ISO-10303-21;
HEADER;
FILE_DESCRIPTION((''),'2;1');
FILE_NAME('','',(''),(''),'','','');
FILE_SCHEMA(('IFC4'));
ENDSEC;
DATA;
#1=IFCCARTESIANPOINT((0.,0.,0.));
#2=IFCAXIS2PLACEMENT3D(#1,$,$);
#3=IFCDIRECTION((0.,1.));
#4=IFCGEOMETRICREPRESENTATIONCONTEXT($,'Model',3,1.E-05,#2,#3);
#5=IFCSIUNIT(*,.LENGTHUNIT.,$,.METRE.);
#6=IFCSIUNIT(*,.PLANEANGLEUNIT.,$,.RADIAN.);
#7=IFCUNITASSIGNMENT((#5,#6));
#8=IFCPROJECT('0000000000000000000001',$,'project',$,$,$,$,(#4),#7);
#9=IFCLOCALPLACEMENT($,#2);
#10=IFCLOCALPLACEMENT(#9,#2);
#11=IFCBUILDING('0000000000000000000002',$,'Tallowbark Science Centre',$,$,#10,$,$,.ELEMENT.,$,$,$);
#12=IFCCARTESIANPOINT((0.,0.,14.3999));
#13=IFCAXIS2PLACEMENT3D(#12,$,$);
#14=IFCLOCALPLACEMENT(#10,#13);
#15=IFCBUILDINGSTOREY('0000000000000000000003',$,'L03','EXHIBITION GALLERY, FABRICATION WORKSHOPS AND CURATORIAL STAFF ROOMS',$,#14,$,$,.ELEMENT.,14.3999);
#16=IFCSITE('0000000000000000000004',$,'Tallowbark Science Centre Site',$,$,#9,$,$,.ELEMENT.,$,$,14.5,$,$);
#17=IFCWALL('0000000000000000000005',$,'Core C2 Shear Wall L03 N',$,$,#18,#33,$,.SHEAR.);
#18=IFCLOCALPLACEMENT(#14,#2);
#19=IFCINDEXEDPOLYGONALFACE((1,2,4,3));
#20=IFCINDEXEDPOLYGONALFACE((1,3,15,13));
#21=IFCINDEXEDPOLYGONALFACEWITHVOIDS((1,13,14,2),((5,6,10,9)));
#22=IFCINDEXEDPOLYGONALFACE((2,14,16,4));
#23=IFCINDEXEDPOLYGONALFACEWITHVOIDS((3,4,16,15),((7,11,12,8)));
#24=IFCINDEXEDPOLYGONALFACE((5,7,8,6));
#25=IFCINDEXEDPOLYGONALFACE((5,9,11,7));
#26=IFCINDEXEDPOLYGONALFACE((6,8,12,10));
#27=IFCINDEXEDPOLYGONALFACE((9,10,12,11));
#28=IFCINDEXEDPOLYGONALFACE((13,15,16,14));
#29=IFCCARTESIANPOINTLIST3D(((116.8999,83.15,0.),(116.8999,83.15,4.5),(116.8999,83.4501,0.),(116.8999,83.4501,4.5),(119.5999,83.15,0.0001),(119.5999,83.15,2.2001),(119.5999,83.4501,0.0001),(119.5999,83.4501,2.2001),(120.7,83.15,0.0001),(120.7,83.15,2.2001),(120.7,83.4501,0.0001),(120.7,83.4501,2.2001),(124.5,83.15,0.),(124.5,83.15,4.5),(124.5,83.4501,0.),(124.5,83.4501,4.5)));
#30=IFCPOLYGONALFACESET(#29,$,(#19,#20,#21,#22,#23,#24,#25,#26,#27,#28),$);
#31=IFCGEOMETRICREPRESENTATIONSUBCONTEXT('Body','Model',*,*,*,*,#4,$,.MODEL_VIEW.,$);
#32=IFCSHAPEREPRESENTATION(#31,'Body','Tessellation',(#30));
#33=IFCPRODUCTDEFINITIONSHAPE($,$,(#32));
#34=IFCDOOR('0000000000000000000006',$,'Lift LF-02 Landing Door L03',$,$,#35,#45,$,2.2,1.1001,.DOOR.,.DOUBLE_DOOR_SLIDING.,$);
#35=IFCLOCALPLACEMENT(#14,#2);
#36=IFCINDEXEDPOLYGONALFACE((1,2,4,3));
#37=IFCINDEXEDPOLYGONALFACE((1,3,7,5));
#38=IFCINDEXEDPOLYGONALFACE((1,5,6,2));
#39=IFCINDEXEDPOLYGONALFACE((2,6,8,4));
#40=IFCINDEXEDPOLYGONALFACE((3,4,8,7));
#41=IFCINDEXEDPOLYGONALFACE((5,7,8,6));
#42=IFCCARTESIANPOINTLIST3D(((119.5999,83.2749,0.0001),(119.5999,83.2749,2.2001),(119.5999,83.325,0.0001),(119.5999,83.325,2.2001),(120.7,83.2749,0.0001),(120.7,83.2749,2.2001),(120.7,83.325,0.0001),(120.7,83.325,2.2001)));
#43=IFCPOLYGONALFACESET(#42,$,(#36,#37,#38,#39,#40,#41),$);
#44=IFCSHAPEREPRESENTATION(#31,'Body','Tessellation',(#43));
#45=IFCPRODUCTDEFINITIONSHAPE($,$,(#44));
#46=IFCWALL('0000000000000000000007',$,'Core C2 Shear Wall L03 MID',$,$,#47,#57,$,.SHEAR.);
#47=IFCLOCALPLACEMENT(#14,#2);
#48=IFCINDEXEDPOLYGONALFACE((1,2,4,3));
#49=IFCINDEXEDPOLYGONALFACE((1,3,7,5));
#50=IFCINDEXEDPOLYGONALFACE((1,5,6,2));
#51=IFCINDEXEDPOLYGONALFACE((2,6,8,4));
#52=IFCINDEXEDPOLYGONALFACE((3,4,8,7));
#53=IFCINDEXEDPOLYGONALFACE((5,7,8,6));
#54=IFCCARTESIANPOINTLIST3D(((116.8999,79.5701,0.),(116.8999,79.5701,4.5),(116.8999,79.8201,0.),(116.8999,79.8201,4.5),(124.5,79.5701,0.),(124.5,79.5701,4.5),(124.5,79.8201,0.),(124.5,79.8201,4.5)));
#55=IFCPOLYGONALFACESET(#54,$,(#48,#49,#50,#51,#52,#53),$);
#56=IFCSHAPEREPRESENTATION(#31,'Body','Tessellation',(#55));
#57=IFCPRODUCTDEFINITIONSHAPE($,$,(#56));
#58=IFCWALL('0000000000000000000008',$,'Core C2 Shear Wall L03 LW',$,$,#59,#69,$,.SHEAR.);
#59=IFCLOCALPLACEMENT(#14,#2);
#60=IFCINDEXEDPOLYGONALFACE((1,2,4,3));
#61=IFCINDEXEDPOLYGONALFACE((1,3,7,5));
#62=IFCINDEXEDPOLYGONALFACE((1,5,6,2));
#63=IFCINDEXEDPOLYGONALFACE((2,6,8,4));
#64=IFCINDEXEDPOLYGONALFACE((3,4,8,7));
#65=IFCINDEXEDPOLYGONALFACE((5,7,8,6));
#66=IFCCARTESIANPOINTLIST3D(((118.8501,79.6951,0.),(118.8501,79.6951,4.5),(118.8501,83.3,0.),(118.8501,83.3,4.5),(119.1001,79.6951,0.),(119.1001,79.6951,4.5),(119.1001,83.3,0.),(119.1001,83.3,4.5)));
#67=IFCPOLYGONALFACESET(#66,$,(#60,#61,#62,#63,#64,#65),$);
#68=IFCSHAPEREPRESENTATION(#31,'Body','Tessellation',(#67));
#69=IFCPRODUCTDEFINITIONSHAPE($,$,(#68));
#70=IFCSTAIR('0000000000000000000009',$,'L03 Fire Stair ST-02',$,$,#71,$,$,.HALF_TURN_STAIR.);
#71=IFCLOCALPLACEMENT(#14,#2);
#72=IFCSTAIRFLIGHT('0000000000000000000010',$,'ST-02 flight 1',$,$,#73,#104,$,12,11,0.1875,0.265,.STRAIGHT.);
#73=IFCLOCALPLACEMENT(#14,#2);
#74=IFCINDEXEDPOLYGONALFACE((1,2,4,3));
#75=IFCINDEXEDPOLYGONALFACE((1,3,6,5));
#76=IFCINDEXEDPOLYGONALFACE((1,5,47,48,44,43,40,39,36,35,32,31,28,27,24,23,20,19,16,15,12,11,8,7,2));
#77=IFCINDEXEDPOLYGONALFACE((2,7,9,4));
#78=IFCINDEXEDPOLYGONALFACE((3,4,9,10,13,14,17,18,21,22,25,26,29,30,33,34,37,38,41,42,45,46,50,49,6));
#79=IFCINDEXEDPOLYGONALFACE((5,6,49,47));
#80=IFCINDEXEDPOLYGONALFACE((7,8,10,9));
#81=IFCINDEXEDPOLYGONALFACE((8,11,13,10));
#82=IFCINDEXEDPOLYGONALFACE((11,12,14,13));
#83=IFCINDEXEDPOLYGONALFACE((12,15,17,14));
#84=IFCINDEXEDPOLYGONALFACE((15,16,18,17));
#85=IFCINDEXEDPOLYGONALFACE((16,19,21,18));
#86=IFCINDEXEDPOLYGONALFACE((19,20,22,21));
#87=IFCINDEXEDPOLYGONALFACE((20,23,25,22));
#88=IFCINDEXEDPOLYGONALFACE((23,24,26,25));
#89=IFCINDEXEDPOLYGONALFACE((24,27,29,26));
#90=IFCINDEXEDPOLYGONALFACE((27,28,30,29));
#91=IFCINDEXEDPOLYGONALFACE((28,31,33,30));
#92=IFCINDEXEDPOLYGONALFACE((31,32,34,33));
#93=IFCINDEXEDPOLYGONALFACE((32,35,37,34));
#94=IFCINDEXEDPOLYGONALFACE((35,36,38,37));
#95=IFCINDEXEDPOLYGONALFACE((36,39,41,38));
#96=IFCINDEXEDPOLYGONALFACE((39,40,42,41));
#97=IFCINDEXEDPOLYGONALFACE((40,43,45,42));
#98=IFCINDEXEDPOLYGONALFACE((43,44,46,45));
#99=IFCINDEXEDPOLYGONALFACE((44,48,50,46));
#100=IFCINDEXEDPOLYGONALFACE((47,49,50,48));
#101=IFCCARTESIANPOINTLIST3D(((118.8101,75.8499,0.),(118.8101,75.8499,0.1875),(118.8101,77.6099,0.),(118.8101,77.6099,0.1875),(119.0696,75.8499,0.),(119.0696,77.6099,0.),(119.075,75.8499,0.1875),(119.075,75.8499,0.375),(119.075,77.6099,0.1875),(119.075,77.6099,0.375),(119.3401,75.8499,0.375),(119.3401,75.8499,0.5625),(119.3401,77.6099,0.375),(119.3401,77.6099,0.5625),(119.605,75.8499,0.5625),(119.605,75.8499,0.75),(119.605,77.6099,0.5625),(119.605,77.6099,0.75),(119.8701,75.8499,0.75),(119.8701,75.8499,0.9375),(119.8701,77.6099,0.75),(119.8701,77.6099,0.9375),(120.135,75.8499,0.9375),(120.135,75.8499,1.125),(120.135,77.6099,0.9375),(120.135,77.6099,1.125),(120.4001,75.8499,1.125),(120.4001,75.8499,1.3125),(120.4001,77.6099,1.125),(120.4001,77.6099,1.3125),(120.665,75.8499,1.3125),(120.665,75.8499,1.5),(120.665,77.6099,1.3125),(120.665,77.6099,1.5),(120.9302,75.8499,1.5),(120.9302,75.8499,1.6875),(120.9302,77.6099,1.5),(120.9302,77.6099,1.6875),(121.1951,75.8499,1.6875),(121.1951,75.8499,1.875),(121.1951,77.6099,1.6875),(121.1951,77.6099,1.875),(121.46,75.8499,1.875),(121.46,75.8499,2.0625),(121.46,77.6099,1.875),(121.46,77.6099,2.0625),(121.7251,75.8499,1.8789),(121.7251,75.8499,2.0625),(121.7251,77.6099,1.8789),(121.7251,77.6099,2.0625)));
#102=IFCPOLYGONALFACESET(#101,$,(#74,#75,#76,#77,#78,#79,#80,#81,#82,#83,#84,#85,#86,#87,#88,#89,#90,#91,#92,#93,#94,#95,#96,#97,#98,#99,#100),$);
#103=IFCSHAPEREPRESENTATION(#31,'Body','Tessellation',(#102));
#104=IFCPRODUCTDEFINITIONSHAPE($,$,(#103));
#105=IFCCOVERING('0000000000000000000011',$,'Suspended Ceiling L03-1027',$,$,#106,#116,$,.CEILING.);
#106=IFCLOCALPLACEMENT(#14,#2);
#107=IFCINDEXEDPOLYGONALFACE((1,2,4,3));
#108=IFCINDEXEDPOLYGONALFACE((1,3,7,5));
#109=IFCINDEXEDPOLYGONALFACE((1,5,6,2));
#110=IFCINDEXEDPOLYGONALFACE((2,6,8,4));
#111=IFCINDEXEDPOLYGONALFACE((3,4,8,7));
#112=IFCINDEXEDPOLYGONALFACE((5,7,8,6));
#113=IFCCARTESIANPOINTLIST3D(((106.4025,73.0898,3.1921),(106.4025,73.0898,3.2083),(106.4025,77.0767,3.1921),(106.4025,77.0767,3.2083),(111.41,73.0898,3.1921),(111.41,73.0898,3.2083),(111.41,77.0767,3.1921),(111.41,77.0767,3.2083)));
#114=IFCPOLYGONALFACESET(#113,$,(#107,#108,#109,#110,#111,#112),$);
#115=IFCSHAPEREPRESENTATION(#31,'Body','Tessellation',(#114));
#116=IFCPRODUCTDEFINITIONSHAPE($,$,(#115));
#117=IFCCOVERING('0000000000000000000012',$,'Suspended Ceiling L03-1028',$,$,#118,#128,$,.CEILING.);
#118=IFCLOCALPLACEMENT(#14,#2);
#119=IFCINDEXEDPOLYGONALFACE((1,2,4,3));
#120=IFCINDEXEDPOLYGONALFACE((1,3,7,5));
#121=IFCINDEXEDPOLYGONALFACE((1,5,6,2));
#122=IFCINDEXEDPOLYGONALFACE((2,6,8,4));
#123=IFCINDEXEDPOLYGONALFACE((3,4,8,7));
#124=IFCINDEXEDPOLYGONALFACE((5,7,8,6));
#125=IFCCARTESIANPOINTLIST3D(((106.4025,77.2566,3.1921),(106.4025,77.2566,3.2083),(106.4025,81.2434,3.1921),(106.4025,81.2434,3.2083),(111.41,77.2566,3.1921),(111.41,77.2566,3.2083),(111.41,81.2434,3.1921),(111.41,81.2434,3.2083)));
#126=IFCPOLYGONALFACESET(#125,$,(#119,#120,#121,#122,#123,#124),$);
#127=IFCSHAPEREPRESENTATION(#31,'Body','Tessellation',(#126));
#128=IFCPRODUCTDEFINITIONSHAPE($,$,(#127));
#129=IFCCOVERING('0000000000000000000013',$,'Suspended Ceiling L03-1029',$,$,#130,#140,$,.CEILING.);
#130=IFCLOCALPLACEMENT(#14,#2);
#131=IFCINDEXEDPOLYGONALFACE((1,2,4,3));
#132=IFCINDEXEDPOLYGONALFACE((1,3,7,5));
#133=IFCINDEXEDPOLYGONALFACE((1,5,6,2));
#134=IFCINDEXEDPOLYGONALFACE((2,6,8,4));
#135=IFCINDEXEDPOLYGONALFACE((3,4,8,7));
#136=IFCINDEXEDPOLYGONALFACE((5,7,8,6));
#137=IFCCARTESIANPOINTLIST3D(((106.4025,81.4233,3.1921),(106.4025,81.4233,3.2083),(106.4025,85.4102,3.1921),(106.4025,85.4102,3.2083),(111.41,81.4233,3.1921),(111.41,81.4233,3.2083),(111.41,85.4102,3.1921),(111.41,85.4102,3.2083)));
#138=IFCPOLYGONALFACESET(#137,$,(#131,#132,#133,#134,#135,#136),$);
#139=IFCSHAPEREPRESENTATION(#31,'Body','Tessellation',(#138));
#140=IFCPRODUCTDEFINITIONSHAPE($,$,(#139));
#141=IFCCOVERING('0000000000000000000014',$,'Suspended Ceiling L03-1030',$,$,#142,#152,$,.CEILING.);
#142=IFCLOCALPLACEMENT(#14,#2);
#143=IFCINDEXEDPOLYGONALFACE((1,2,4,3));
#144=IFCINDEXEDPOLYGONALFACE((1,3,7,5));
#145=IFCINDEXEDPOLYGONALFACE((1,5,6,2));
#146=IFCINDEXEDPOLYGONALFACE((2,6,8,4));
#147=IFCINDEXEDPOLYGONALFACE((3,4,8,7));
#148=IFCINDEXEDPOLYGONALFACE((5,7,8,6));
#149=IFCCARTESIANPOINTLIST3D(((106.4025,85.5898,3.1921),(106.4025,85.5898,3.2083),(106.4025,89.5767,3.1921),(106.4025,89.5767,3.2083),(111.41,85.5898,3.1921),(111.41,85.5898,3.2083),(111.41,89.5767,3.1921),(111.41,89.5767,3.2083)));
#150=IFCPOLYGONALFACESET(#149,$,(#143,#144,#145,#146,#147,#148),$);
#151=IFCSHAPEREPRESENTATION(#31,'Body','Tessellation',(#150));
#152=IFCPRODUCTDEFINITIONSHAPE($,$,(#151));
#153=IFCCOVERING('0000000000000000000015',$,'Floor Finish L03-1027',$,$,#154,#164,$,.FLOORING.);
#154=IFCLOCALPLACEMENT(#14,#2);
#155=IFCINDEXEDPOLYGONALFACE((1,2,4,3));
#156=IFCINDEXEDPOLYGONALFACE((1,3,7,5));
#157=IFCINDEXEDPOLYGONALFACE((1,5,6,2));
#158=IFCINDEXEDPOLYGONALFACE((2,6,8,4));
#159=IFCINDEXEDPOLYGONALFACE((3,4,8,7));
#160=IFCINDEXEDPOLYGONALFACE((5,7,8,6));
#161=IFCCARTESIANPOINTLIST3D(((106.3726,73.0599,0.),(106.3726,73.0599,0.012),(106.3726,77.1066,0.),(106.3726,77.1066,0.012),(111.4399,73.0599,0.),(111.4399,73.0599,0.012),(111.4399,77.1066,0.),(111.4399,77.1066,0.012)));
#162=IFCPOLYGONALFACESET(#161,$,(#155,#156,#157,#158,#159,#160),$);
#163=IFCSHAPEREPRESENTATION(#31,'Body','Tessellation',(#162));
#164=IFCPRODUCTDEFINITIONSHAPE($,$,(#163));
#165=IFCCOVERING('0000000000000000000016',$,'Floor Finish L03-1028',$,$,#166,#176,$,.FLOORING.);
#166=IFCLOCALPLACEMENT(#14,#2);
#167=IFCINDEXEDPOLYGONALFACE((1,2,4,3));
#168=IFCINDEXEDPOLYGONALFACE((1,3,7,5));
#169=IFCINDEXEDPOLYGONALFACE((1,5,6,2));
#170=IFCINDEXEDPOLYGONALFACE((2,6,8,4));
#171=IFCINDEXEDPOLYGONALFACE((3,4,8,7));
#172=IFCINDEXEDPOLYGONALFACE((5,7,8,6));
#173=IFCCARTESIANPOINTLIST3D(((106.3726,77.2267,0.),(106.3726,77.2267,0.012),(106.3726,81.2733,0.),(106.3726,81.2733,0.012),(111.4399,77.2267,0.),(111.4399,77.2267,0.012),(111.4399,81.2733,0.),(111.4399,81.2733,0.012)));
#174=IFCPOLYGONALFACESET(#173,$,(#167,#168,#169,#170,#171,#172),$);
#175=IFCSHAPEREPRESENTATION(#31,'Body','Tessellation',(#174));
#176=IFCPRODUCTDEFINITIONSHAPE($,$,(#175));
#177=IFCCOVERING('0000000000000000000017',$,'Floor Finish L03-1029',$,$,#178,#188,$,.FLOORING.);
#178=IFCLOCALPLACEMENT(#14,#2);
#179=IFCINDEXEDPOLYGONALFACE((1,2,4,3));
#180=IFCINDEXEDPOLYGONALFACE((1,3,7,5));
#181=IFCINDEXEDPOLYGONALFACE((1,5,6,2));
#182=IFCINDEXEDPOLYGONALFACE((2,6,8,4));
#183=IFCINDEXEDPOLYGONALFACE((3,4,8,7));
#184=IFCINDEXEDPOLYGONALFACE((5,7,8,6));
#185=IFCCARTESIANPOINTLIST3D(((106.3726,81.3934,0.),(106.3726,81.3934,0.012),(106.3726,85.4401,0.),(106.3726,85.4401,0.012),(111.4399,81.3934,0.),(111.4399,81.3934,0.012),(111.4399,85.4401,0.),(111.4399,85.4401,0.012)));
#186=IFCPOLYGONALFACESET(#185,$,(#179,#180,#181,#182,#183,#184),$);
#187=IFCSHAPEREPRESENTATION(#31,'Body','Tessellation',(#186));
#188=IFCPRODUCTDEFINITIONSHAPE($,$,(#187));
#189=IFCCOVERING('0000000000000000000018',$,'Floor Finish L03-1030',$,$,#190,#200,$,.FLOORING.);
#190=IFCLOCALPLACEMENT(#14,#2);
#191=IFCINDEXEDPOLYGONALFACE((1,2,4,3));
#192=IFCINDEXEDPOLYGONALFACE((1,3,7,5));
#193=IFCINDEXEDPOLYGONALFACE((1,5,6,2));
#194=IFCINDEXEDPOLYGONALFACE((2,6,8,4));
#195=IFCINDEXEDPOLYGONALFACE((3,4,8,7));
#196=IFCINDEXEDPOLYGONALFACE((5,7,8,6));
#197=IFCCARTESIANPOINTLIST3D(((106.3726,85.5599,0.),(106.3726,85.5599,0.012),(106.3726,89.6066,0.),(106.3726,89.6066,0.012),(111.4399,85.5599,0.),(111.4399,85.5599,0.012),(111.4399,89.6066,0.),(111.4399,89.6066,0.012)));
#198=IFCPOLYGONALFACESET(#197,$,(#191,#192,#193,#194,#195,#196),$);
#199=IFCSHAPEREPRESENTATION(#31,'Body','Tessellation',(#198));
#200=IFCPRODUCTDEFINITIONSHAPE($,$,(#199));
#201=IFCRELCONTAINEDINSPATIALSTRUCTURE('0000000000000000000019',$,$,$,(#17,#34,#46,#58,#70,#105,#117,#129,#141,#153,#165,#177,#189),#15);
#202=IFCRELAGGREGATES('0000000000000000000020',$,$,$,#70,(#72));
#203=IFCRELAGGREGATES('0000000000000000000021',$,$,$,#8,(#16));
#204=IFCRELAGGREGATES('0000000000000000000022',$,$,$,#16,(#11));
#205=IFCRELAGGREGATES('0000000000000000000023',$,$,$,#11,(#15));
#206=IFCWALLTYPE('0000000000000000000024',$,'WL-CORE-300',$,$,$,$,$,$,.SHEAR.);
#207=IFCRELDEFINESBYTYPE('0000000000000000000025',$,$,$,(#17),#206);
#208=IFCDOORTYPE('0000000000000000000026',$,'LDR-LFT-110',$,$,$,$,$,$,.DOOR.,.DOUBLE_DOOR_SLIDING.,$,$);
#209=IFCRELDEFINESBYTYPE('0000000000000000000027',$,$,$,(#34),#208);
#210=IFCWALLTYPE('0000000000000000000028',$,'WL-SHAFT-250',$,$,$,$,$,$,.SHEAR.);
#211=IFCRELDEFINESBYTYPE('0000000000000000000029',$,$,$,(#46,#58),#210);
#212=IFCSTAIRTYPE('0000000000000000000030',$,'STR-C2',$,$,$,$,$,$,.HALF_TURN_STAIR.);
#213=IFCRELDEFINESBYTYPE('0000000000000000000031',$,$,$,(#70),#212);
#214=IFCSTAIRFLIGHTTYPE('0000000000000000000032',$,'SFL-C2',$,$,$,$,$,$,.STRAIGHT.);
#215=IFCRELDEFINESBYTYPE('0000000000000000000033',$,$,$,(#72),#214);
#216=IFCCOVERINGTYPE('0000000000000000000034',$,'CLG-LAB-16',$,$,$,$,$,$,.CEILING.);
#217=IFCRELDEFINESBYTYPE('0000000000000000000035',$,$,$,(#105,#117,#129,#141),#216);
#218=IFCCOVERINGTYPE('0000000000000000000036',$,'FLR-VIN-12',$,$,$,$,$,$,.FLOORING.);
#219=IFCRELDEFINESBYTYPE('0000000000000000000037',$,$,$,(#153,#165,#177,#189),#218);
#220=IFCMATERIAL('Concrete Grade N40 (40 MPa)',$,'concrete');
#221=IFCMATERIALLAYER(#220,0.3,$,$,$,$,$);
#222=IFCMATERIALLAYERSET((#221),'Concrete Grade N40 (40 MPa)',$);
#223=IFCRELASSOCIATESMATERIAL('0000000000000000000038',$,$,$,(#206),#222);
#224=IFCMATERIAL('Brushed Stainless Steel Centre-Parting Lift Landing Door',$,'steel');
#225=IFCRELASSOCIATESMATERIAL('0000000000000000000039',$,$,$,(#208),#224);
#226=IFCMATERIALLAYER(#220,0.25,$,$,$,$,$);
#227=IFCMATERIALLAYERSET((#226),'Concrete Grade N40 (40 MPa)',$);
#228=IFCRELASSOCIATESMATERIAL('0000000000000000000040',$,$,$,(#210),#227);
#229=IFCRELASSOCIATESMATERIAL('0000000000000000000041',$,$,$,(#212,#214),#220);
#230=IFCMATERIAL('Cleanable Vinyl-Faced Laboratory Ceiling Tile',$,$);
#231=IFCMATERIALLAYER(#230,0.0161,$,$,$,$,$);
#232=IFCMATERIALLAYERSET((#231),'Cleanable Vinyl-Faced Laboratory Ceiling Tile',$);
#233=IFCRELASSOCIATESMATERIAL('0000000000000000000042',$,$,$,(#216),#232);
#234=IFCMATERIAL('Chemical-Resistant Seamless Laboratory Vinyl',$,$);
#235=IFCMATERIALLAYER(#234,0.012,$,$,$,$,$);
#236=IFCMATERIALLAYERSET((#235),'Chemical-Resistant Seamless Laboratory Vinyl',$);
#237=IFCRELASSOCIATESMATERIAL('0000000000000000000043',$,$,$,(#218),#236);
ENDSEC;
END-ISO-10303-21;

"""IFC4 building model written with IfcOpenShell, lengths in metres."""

from ifc_helpers import new_model, si_unit, direction, frame, frame_2d, origin, origin_2d, place, context, subcontext, project, spatial, polyline, rectangle, outline, extrude, material, layer, layer_set, type_object, element, fill, aggregate, save


model = new_model("IFC4")

# Units and contexts
model_context = context("Model", 3, precision=1e-05, world=origin(), true_north=direction((0.0, 1.0)))
body_context = subcontext(model_context, "Body", "Model", "MODEL_VIEW")
ifc_project = project(units=[si_unit("LENGTHUNIT", "METRE"), si_unit("PLANEANGLEUNIT", "RADIAN")], contexts=[model_context])

# Site, building, storey
site_placement = place(None, origin())
site = spatial("IfcSite", under=ifc_project, at=site_placement, Name="Tallowbark Science Centre Site", CompositionType="ELEMENT", RefElevation=14.5)
building_placement = place(site_placement, origin())
building = spatial("IfcBuilding", under=site, at=building_placement, Name="Tallowbark Science Centre", CompositionType="ELEMENT")
storey_placement = place(building_placement, frame((0.0, 0.0, 14.3999)))
storey = spatial("IfcBuildingStorey", under=building, at=storey_placement, Name="L03", Description="EXHIBITION GALLERY, FABRICATION WORKSHOPS AND CURATORIAL STAFF ROOMS", CompositionType="ELEMENT", Elevation=14.3999)

# Shared definitions
ifc_material_1 = material(Name="Concrete Grade N40 (40 MPa)", Category="concrete")

# Shared definitions
ifc_layer_1 = layer(ifc_material_1, 0.3)
ifc_layer_set_1 = layer_set([ifc_layer_1], Name="Concrete Grade N40 (40 MPa)")
wall_type_1 = type_object("IfcWallType", Name="WL-CORE-300", PredefinedType="SHEAR", material=ifc_layer_set_1)

# Wall, opening, door
wall_1_placement = place(storey_placement, frame((116.8999, 83.3, 0.0), z_axis=(0.0, 0.0, 1.0), x_axis=(1.0, 0.0, 0.0)))
wall_1 = element("IfcWall", 1, at=wall_1_placement, inside=storey, type_object=wall_type_1, Name="Core C2 Shear Wall L03 N", PredefinedType="SHEAR", context=body_context, shape_type="SweptSolid", body=[
    extrude(rectangle(XDim=7.6001, YDim=0.3, at=frame_2d((3.8, 0.0))), origin(), (0.0, 0.0, 1.0), 4.5),
])
opening_1_placement = place(wall_1_placement, frame((2.7, 0.0, 0.0)))
opening_1 = element("IfcOpeningElement", 2, at=opening_1_placement, cuts=wall_1, PredefinedType="OPENING", context=body_context, shape_type="SweptSolid", body=[
    extrude(rectangle(XDim=1.1001, YDim=2.2, at=frame_2d((0.55, 1.1001))), frame((0.0, 0.1602, 0.0), z_axis=(0.0, -1.0, 0.0), x_axis=(1.0, 0.0, 0.0)), (0.0, 0.0, 1.0), 0.3201),
])
ifc_material_2 = material(Name="Brushed Stainless Steel Centre-Parting Lift Landing Door", Category="steel")
door_type_1 = type_object("IfcDoorType", Name="LDR-LFT-110", OperationType="DOUBLE_DOOR_SLIDING", PredefinedType="DOOR", material=ifc_material_2)
door_1_placement = place(opening_1_placement, origin())
door_1 = element("IfcDoor", 3, at=door_1_placement, inside=storey, type_object=door_type_1, Name="Lift LF-02 Landing Door L03", OperationType="DOUBLE_DOOR_SLIDING", OverallHeight=2.2, OverallWidth=1.1001, PredefinedType="DOOR", context=body_context, shape_type="SweptSolid", body=[
    extrude(rectangle(XDim=1.1001, YDim=2.2, at=frame_2d((0.55, 1.1001))), frame((0.0, 0.0249, 0.0), z_axis=(0.0, -1.0, 0.0), x_axis=(1.0, 0.0, 0.0)), (0.0, 0.0, 1.0), 0.05),
])
fill(opening_1, door_1)

# Walls
ifc_layer_2 = layer(ifc_material_1, 0.25)
ifc_layer_set_2 = layer_set([ifc_layer_2], Name="Concrete Grade N40 (40 MPa)")
wall_type_2 = type_object("IfcWallType", Name="WL-SHAFT-250", PredefinedType="SHEAR", material=ifc_layer_set_2)
wall_2_placement = place(storey_placement, frame((116.8999, 79.6951, 0.0), z_axis=(0.0, 0.0, 1.0), x_axis=(1.0, 0.0, 0.0)))
element("IfcWall", 4, at=wall_2_placement, inside=storey, type_object=wall_type_2, Name="Core C2 Shear Wall L03 MID", PredefinedType="SHEAR", context=body_context, shape_type="SweptSolid", body=[
    extrude(rectangle(XDim=7.6001, YDim=0.25, at=frame_2d((3.8, 0.0))), origin(), (0.0, 0.0, 1.0), 4.5),
])
wall_3_placement = place(storey_placement, frame((118.9751, 79.6951, 0.0), z_axis=(0.0, 0.0, 1.0), x_axis=(0.0, 1.0, 0.0)))
element("IfcWall", 5, at=wall_3_placement, inside=storey, type_object=wall_type_2, Name="Core C2 Shear Wall L03 LW", PredefinedType="SHEAR", context=body_context, shape_type="SweptSolid", body=[
    extrude(rectangle(XDim=3.605, YDim=0.25, at=frame_2d((1.8025, 0.0))), origin(), (0.0, 0.0, 1.0), 4.5),
])

# Stair, stair flight
stair_type = type_object("IfcStairType", Name="STR-C2", PredefinedType="HALF_TURN_STAIR", material=ifc_material_1)
stair_placement = place(storey_placement, origin())
stair = element("IfcStair", 6, at=stair_placement, inside=storey, type_object=stair_type, Name="L03 Fire Stair ST-02", PredefinedType="HALF_TURN_STAIR")
stair_flight_type = type_object("IfcStairFlightType", Name="SFL-C2", PredefinedType="STRAIGHT", material=ifc_material_1)
stair_flight_placement = place(storey_placement, frame((118.8101, 76.73, 0.0), z_axis=(0.0, 0.0, 1.0), x_axis=(1.0, 0.0, 0.0)))
stair_flight = element("IfcStairFlight", 7, at=stair_flight_placement, type_object=stair_flight_type, Name="ST-02 flight 1", NumberOfRisers=12, NumberOfTreads=11, PredefinedType="STRAIGHT", RiserHeight=0.1875, TreadLength=0.265, context=body_context, shape_type="SweptSolid", body=[
    extrude(outline(polyline([(0.0, 0.0), (0.0, 0.1875), (0.2649, 0.1875), (0.2649, 0.375), (0.53, 0.375), (0.53, 0.5625), (0.7949, 0.5625), (0.7949, 0.75), (1.0601, 0.75), (1.0601, 0.9375), (1.325, 0.9375), (1.325, 1.125), (1.5901, 1.125), (1.5901, 1.3125), (1.855, 1.3125), (1.855, 1.5), (2.1201, 1.5), (2.1201, 1.6875), (2.385, 1.6875), (2.385, 1.875), (2.6499, 1.875), (2.6499, 2.0625), (2.915, 2.0625), (2.915, 2.25), (2.915, 1.8789), (0.2595, 0.0), (0.0, 0.0)])), frame((0.0, 0.8799, 0.0), z_axis=(0.0, -1.0, 0.0), x_axis=(1.0, 0.0, 0.0)), (0.0, 0.0, 1.0), 1.76),
])
aggregate(stair, [stair_flight])

# Coverings
ifc_material_3 = material(Name="Cleanable Vinyl-Faced Laboratory Ceiling Tile")
ifc_layer_3 = layer(ifc_material_3, 0.0161)
ifc_layer_set_3 = layer_set([ifc_layer_3], Name="Cleanable Vinyl-Faced Laboratory Ceiling Tile")
covering_type_1 = type_object("IfcCoveringType", Name="CLG-LAB-16", PredefinedType="CEILING", material=ifc_layer_set_3)
for number, where, z_axis, x_axis, name in (
    (8, (108.9062, 75.0833, 3.1921), (0.0, 0.0, 1.0), (1.0, 0.0, 0.0), "Suspended Ceiling L03-1027"),
    (9, (108.9062, 79.25, 3.1921), (0.0, 0.0, 1.0), (1.0, 0.0, 0.0), "Suspended Ceiling L03-1028"),
    (10, (108.9062, 83.4167, 3.1921), (0.0, 0.0, 1.0), (1.0, 0.0, 0.0), "Suspended Ceiling L03-1029"),
    (11, (108.9062, 87.5833, 3.1921), (0.0, 0.0, 1.0), (1.0, 0.0, 0.0), "Suspended Ceiling L03-1030"),
):
    element("IfcCovering", number, at=place(storey_placement, frame(where, z_axis=z_axis, x_axis=x_axis)), inside=storey, type_object=covering_type_1, Name=name, PredefinedType="CEILING", context=body_context, shape_type="SweptSolid", body=[
        extrude(rectangle(XDim=5.0076, YDim=3.9868, at=origin_2d()), origin(), (0.0, 0.0, 1.0), 0.0161),
    ])
ifc_material_4 = material(Name="Chemical-Resistant Seamless Laboratory Vinyl")
ifc_layer_4 = layer(ifc_material_4, 0.012)
ifc_layer_set_4 = layer_set([ifc_layer_4], Name="Chemical-Resistant Seamless Laboratory Vinyl")
covering_type_2 = type_object("IfcCoveringType", Name="FLR-VIN-12", PredefinedType="FLOORING", material=ifc_layer_set_4)
for number, where, z_axis, x_axis, name in (
    (12, (108.9062, 75.0833, 0.0), (0.0, 0.0, 1.0), (1.0, 0.0, 0.0), "Floor Finish L03-1027"),
    (13, (108.9062, 79.25, 0.0), (0.0, 0.0, 1.0), (1.0, 0.0, 0.0), "Floor Finish L03-1028"),
    (14, (108.9062, 83.4167, 0.0), (0.0, 0.0, 1.0), (1.0, 0.0, 0.0), "Floor Finish L03-1029"),
    (15, (108.9062, 87.5833, 0.0), (0.0, 0.0, 1.0), (1.0, 0.0, 0.0), "Floor Finish L03-1030"),
):
    element("IfcCovering", number, at=place(storey_placement, frame(where, z_axis=z_axis, x_axis=x_axis)), inside=storey, type_object=covering_type_2, Name=name, PredefinedType="FLOORING", context=body_context, shape_type="SweptSolid", body=[
        extrude(rectangle(XDim=5.0674, YDim=4.0466, at=origin_2d()), origin(), (0.0, 0.0, 1.0), 0.012),
    ])

save(model, "model.ifc")
